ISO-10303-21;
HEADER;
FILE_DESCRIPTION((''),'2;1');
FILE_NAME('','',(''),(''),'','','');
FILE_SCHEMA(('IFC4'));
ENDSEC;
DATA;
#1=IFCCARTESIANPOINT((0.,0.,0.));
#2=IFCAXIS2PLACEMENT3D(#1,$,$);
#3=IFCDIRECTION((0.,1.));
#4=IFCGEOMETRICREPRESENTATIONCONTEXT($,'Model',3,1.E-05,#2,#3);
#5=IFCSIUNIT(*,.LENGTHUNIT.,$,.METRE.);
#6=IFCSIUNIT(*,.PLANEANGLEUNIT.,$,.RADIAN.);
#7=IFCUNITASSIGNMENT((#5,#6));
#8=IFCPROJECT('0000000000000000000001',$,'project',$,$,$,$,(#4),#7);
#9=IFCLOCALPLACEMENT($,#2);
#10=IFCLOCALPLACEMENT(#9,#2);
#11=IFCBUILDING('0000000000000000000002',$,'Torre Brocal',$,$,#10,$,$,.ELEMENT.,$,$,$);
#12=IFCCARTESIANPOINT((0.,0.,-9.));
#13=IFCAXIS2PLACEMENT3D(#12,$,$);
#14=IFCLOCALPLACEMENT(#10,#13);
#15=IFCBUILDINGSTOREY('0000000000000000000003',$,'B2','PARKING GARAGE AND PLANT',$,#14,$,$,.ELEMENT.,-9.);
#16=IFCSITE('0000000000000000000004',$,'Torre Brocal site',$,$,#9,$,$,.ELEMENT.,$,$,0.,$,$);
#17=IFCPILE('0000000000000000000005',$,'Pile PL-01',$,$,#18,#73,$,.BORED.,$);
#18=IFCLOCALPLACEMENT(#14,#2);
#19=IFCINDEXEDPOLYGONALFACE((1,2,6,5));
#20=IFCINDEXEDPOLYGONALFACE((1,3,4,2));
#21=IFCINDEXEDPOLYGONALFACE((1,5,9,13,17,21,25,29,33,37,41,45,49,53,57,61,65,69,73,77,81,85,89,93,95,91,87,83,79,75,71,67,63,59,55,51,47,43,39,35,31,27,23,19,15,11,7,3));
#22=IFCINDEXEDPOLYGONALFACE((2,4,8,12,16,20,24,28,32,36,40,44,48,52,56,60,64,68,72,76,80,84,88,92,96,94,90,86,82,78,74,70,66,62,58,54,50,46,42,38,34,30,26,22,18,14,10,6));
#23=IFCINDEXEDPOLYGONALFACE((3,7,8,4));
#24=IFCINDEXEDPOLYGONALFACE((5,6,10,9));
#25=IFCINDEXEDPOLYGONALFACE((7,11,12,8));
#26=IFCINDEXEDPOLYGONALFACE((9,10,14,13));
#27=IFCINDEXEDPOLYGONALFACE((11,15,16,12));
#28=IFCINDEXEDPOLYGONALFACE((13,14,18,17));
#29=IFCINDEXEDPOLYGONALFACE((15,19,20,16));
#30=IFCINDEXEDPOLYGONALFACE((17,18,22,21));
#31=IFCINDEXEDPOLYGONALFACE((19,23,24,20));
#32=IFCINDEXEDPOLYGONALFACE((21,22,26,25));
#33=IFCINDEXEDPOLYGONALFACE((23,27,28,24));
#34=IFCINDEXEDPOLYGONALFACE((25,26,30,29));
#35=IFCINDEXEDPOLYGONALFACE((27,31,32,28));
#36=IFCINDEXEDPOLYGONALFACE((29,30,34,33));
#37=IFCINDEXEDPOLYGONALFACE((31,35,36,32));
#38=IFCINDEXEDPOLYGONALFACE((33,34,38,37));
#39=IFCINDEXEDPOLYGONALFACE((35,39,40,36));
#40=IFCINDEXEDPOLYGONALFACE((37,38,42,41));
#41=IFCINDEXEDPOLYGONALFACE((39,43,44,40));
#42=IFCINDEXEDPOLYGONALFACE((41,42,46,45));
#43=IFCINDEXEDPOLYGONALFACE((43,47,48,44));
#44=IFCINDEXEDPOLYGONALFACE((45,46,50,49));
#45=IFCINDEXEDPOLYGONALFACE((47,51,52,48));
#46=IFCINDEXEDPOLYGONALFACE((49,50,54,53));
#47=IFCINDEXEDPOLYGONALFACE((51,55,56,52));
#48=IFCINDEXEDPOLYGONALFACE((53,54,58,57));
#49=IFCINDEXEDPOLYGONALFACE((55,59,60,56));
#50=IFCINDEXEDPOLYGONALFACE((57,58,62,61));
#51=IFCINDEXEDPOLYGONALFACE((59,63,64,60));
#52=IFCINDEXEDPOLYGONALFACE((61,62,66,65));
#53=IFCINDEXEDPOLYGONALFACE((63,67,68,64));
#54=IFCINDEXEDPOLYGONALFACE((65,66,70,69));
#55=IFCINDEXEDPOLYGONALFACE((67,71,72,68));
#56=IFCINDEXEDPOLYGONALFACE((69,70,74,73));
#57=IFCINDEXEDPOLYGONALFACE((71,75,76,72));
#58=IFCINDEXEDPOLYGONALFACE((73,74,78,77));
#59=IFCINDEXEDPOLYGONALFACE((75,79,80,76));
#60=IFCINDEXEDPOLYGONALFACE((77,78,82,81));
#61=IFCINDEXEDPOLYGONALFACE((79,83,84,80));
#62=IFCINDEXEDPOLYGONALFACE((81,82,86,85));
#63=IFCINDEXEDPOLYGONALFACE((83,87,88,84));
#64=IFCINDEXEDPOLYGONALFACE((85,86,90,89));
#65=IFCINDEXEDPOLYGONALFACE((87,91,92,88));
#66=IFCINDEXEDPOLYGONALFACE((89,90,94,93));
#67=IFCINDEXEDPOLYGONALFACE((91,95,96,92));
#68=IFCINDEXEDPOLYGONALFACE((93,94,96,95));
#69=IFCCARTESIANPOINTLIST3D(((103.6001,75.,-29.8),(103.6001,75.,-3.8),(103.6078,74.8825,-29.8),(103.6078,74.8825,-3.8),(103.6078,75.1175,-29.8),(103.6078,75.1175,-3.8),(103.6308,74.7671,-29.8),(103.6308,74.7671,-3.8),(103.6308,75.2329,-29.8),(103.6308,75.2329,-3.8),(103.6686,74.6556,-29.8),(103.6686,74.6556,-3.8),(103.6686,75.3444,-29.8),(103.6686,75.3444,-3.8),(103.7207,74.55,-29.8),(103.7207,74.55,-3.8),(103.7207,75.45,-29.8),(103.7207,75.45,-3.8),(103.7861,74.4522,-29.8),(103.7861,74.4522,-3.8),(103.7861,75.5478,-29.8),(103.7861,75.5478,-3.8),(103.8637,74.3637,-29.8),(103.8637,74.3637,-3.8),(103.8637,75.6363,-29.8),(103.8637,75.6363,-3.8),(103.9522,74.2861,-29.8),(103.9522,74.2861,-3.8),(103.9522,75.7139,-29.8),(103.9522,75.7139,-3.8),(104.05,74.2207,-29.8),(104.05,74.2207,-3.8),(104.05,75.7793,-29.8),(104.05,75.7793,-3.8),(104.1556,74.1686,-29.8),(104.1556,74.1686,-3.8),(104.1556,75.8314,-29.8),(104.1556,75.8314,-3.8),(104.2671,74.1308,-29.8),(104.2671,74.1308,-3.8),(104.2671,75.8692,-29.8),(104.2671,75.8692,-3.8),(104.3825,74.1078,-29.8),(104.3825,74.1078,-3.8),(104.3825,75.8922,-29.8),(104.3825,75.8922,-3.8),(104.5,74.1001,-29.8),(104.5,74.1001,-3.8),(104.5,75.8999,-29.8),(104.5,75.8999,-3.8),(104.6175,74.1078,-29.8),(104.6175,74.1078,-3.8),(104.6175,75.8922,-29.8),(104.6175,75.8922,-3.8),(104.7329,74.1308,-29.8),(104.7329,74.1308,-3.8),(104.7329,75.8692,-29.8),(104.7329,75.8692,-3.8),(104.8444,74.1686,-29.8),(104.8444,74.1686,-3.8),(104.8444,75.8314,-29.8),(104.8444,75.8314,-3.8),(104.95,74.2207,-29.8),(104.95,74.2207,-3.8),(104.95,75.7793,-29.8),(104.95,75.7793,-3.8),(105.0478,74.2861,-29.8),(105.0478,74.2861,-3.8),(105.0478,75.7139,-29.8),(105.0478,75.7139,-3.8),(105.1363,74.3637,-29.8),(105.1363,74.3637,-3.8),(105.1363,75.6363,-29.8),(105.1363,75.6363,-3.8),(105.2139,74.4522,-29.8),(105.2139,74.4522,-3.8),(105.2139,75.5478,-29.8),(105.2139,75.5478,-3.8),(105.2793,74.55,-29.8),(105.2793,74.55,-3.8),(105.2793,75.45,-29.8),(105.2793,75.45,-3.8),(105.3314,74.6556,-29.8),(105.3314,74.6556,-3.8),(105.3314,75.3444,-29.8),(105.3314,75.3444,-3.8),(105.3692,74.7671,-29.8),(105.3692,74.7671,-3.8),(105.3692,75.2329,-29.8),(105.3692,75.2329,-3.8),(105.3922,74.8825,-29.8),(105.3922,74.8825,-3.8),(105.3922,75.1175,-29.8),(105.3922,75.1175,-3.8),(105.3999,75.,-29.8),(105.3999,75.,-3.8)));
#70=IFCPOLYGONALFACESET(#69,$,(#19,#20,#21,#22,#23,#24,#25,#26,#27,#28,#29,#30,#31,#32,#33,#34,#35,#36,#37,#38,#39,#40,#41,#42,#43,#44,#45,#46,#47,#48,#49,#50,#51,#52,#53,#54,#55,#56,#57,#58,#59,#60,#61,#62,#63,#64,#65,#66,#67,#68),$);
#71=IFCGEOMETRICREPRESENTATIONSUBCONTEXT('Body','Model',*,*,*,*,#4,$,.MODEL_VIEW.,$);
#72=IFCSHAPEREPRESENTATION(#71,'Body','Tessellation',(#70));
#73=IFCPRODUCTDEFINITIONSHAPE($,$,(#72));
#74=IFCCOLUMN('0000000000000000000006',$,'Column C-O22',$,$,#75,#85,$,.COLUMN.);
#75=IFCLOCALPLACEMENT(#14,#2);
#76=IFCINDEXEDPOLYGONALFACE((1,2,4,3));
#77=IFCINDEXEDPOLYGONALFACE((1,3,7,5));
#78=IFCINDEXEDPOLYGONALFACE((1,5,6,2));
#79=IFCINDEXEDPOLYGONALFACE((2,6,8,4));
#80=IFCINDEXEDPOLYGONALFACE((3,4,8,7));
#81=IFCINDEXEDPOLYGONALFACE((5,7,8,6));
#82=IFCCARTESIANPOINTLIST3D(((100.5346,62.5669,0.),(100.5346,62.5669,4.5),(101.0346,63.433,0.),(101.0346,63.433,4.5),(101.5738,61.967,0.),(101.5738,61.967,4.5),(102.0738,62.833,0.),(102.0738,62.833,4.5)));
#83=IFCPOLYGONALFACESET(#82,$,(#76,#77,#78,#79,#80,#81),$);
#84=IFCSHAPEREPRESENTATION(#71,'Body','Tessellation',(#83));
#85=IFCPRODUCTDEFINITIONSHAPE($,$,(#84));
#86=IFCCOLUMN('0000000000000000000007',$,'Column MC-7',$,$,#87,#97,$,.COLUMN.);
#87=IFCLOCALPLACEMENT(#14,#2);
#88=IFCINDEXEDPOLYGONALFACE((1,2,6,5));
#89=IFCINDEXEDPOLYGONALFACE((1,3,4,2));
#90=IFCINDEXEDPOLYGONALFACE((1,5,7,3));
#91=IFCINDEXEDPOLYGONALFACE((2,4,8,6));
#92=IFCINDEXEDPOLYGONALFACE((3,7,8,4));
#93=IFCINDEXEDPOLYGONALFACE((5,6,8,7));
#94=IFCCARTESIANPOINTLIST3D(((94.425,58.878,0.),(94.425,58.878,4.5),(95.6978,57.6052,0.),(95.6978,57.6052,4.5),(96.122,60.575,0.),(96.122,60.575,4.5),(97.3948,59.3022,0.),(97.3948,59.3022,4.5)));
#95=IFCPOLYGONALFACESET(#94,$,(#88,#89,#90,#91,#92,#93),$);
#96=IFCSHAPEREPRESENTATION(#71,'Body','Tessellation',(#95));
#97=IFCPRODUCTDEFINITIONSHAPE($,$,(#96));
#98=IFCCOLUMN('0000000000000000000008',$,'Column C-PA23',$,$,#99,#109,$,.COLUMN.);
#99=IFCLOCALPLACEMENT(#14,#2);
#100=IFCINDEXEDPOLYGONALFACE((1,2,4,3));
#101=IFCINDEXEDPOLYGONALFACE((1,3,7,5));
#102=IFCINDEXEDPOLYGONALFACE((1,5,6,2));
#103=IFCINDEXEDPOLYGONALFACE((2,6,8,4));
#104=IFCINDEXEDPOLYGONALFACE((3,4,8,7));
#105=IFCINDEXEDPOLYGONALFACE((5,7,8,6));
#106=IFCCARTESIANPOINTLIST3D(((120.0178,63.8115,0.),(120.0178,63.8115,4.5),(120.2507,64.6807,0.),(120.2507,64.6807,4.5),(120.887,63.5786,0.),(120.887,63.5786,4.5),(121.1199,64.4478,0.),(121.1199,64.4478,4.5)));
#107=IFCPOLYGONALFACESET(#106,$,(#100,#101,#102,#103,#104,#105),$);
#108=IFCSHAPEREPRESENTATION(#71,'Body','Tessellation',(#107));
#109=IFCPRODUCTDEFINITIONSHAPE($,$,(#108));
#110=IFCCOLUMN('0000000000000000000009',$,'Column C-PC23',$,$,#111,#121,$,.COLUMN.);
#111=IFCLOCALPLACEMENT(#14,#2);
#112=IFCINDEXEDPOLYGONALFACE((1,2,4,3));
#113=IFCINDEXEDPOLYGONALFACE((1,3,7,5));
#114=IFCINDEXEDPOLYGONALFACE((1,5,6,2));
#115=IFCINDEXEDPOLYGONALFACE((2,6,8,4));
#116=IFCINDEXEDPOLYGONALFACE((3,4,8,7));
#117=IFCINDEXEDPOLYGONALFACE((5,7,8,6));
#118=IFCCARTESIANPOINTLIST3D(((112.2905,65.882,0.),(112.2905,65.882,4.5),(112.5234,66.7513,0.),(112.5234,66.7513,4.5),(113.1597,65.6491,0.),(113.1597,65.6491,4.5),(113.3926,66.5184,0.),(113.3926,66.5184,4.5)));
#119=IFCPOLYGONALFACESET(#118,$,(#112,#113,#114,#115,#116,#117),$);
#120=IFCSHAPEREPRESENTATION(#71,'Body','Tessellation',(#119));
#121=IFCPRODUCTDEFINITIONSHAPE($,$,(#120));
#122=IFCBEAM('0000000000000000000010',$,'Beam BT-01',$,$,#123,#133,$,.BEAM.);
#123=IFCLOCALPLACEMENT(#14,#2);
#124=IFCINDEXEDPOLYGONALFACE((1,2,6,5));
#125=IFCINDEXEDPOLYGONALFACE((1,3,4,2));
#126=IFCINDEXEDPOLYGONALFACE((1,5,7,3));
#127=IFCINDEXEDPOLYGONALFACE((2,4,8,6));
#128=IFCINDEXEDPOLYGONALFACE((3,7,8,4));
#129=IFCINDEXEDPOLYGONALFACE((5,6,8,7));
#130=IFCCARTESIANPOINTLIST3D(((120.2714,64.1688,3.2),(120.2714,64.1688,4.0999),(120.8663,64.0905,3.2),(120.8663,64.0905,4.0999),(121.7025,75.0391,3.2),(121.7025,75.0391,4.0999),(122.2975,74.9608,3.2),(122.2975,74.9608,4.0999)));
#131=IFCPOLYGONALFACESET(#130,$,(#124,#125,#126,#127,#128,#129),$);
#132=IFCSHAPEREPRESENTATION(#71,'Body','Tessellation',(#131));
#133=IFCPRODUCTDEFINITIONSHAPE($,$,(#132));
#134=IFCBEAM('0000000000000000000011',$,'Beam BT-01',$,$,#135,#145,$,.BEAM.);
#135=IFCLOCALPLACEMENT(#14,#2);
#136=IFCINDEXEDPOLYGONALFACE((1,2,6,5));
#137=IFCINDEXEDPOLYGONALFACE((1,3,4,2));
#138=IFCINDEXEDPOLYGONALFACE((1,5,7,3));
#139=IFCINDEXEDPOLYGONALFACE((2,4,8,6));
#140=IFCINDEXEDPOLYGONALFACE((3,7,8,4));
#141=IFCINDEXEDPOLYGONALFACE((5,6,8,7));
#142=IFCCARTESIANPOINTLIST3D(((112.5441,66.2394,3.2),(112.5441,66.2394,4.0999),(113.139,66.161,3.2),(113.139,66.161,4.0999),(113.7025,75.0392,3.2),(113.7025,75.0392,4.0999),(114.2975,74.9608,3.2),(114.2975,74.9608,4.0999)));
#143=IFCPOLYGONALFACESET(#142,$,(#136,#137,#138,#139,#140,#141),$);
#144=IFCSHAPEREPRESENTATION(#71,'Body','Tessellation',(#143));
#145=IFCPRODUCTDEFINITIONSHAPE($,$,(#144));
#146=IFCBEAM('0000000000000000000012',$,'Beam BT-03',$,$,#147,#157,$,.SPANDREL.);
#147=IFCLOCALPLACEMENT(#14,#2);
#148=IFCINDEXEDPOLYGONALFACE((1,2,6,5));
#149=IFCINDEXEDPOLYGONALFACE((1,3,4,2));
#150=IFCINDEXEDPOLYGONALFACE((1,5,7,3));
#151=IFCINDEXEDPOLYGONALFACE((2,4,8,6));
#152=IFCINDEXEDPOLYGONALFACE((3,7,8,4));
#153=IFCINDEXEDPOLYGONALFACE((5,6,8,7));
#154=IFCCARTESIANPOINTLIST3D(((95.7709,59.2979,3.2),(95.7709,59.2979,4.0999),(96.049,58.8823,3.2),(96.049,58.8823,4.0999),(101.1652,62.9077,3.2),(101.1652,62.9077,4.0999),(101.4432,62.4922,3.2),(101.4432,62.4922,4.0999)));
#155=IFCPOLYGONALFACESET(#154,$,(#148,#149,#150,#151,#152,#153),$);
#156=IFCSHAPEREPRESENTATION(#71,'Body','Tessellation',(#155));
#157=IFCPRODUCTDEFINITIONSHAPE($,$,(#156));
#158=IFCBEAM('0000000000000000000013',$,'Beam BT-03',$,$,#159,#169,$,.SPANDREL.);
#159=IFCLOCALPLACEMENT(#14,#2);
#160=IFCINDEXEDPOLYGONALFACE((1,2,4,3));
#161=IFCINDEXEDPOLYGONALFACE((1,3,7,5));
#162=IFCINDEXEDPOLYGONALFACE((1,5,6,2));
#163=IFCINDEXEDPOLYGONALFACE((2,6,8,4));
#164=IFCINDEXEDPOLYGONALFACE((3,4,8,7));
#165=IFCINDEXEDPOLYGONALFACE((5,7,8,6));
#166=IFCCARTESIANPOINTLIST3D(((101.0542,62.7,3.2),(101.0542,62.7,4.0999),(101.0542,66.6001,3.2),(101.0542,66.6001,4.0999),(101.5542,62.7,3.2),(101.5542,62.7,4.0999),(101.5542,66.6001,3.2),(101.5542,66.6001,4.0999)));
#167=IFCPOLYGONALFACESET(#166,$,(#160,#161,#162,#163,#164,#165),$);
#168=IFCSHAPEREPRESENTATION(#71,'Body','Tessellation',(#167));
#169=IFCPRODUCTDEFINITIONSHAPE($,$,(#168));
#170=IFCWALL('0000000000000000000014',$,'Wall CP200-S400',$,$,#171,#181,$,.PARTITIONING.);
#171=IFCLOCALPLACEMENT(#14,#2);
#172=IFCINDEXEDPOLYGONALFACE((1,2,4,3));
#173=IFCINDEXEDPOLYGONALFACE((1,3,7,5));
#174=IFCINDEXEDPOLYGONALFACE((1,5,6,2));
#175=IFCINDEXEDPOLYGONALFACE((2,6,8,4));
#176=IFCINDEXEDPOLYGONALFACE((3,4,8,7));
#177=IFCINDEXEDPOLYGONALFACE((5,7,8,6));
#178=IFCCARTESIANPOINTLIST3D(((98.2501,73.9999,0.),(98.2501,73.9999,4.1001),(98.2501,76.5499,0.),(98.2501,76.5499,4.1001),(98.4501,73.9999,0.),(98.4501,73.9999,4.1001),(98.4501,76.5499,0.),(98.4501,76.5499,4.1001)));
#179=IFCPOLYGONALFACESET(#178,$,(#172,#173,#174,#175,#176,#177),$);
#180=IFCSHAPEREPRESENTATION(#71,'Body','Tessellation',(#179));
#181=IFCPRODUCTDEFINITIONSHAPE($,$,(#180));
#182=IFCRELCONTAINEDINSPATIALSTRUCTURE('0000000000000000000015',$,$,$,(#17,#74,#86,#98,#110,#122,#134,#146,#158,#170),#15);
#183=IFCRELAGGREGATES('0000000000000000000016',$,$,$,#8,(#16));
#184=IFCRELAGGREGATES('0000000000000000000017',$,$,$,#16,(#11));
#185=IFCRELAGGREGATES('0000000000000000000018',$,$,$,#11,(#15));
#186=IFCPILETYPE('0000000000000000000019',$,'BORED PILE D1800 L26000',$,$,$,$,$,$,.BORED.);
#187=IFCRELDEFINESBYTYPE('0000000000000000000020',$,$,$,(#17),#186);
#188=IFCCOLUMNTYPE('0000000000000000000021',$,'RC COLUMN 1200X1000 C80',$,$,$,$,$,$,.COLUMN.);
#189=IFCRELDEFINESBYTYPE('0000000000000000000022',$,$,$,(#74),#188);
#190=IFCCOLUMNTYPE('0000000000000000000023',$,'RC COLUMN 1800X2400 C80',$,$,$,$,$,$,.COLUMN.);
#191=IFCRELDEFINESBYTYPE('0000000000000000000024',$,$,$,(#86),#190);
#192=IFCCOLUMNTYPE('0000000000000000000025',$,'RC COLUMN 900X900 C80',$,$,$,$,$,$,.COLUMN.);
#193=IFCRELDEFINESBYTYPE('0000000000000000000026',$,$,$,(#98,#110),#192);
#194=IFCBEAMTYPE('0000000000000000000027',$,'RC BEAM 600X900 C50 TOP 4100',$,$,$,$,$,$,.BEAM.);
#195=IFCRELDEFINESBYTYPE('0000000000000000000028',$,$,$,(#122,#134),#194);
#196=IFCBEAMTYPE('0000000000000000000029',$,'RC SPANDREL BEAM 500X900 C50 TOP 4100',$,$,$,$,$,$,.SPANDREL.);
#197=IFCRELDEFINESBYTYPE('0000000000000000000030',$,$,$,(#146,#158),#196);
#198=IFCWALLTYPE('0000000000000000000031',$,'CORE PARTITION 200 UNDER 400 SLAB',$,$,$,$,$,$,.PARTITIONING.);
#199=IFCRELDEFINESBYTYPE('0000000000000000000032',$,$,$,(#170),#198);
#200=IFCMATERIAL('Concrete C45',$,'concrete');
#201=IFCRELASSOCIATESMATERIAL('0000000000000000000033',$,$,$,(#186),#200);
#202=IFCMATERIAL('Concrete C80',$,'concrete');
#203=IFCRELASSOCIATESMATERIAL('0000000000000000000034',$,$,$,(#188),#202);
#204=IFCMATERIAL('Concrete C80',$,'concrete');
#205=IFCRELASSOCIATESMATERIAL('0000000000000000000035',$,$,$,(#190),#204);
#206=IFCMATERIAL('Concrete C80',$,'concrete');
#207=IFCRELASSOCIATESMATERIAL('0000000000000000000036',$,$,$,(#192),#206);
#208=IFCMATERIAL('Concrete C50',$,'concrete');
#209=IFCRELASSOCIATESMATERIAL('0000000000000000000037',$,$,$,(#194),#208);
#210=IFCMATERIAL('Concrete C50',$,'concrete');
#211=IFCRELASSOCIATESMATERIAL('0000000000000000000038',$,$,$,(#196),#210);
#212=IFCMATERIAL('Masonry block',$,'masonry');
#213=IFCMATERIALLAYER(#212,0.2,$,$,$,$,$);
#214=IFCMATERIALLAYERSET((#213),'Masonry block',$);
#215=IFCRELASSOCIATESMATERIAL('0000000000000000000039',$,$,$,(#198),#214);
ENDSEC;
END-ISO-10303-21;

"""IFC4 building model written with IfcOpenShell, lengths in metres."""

from ifc_helpers import new_model, si_unit, direction, frame, frame_2d, origin, origin_2d, place, context, subcontext, project, spatial, rectangle, circle, extrude, material, layer, layer_set, material_profile, profile_set, type_object, element, save


model = new_model("IFC4")

# Units and contexts
model_context = context("Model", 3, precision=1e-05, world=origin(), true_north=direction((0.0, 1.0)))
body_context = subcontext(model_context, "Body", "Model", "MODEL_VIEW")
ifc_project = project(units=[si_unit("LENGTHUNIT", "METRE"), si_unit("PLANEANGLEUNIT", "RADIAN")], contexts=[model_context])

# Site, building, storey
site_placement = place(None, origin())
site = spatial("IfcSite", under=ifc_project, at=site_placement, Name="Torre Brocal site", CompositionType="ELEMENT", RefElevation=0.0)
building_placement = place(site_placement, origin())
building = spatial("IfcBuilding", under=site, at=building_placement, Name="Torre Brocal", CompositionType="ELEMENT")
storey_placement = place(building_placement, frame((0.0, 0.0, -9.0)))
storey = spatial("IfcBuildingStorey", under=building, at=storey_placement, Name="B2", Description="PARKING GARAGE AND PLANT", CompositionType="ELEMENT", Elevation=-9.0)

# Pile
ifc_material_1 = material(Name="Concrete C45", Category="concrete")
ifc_material_profile_1 = material_profile(ifc_material_1, circle(Radius=0.8999, at=origin_2d()), Name="BORED PILE D1800")
ifc_profile_set_1 = profile_set([ifc_material_profile_1], Name="Concrete C45")
pile_type_1 = type_object("IfcPileType", Name="BORED PILE D1800 L26000", PredefinedType="BORED", material=ifc_profile_set_1)
for number, where, z_axis, x_axis, name in (
    (1, (104.5, 75.0, -3.8), (0.0, 0.0, -1.0), (1.0, 0.0, 0.0), "Pile PL-01"),
):
    element("IfcPile", number, at=place(storey_placement, frame(where, z_axis=z_axis, x_axis=x_axis)), inside=storey, type_object=pile_type_1, Name=name, PredefinedType="BORED", context=body_context, shape_type="SweptSolid", body=[
        extrude(circle(Radius=0.8999, at=origin_2d()), origin(), (0.0, 0.0, 1.0), 26.0),
    ])

# Columns
ifc_material_2 = material(Name="Concrete C80", Category="concrete")
ifc_material_profile_2 = material_profile(ifc_material_2, rectangle(XDim=1.2, YDim=1.0, at=origin_2d()), Name="RC 1200X1000")
ifc_profile_set_2 = profile_set([ifc_material_profile_2], Name="Concrete C80")
column_type_1 = type_object("IfcColumnType", Name="RC COLUMN 1200X1000 C80", PredefinedType="COLUMN", material=ifc_profile_set_2)
column_1_placement = place(storey_placement, frame((101.3042, 62.7, 0.0), z_axis=(0.0, 0.0, 1.0), x_axis=(0.866025, -0.5, 0.0)))
element("IfcColumn", 2, at=column_1_placement, inside=storey, type_object=column_type_1, Name="Column C-O22", PredefinedType="COLUMN", context=body_context, shape_type="SweptSolid", body=[
    extrude(rectangle(XDim=1.2, YDim=1.0, at=origin_2d()), origin(), (0.0, 0.0, 1.0), 4.5),
])
ifc_material_3 = material(Name="Concrete C80", Category="concrete")
ifc_material_profile_3 = material_profile(ifc_material_3, rectangle(XDim=1.8, YDim=2.3999, at=origin_2d()), Name="RC 1800X2400")
ifc_profile_set_3 = profile_set([ifc_material_profile_3], Name="Concrete C80")
column_type_2 = type_object("IfcColumnType", Name="RC COLUMN 1800X2400 C80", PredefinedType="COLUMN", material=ifc_profile_set_3)
column_2_placement = place(storey_placement, frame((95.9099, 59.0901, 0.0), z_axis=(0.0, 0.0, 1.0), x_axis=(0.707107, -0.707107, 0.0)))
element("IfcColumn", 3, at=column_2_placement, inside=storey, type_object=column_type_2, Name="Column MC-7", PredefinedType="COLUMN", context=body_context, shape_type="SweptSolid", body=[
    extrude(rectangle(XDim=1.8, YDim=2.3999, at=origin_2d()), origin(), (0.0, 0.0, 1.0), 4.5),
])
ifc_material_4 = material(Name="Concrete C80", Category="concrete")
ifc_material_profile_4 = material_profile(ifc_material_4, rectangle(XDim=0.8999, YDim=0.8999, at=origin_2d()), Name="RC 900X900")
ifc_profile_set_4 = profile_set([ifc_material_profile_4], Name="Concrete C80")
column_type_3 = type_object("IfcColumnType", Name="RC COLUMN 900X900 C80", PredefinedType="COLUMN", material=ifc_profile_set_4)
for number, where, z_axis, x_axis, name in (
    (4, (120.5688, 64.1296, 0.0), (0.0, 0.0, 1.0), (0.965926, -0.258819, 0.0), "Column C-PA23"),
    (5, (112.8416, 66.2002, 0.0), (0.0, 0.0, 1.0), (0.965926, -0.258819, 0.0), "Column C-PC23"),
):
    element("IfcColumn", number, at=place(storey_placement, frame(where, z_axis=z_axis, x_axis=x_axis)), inside=storey, type_object=column_type_3, Name=name, PredefinedType="COLUMN", context=body_context, shape_type="SweptSolid", body=[
        extrude(rectangle(XDim=0.8999, YDim=0.8999, at=origin_2d()), origin(), (0.0, 0.0, 1.0), 4.5),
    ])

# Beams
ifc_material_5 = material(Name="Concrete C50", Category="concrete")
ifc_material_profile_5 = material_profile(ifc_material_5, rectangle(XDim=0.6001, YDim=0.8999, at=origin_2d()), Name="RC 600X900")
ifc_profile_set_5 = profile_set([ifc_material_profile_5], Name="Concrete C50")
beam_type_1 = type_object("IfcBeamType", Name="RC BEAM 600X900 C50 TOP 4100", PredefinedType="BEAM", material=ifc_profile_set_5)
beam_1_placement = place(storey_placement, frame((120.5688, 64.1296, 3.6499), z_axis=(0.13053, 0.991444, 0.0), x_axis=(-0.991444, 0.13053, 0.0)))
element("IfcBeam", 6, at=beam_1_placement, inside=storey, type_object=beam_type_1, Name="Beam BT-01", PredefinedType="BEAM", context=body_context, shape_type="SweptSolid", body=[
    extrude(rectangle(XDim=0.6001, YDim=0.8999, at=origin_2d()), origin(), (0.0, 0.0, 1.0), 10.9641),
])
beam_2_placement = place(storey_placement, frame((112.8416, 66.2002, 3.6499), z_axis=(0.130519, 0.991446, 0.0), x_axis=(-0.991446, 0.130519, 0.0)))
element("IfcBeam", 7, at=beam_2_placement, inside=storey, type_object=beam_type_1, Name="Beam BT-01", PredefinedType="BEAM", context=body_context, shape_type="SweptSolid", body=[
    extrude(rectangle(XDim=0.6001, YDim=0.8999, at=origin_2d()), origin(), (0.0, 0.0, 1.0), 8.8757),
])
ifc_material_6 = material(Name="Concrete C50", Category="concrete")
ifc_material_profile_6 = material_profile(ifc_material_6, rectangle(XDim=0.5, YDim=0.8999, at=origin_2d()), Name="RC 500X900")
ifc_profile_set_6 = profile_set([ifc_material_profile_6], Name="Concrete C50")
beam_type_2 = type_object("IfcBeamType", Name="RC SPANDREL BEAM 500X900 C50 TOP 4100", PredefinedType="SPANDREL", material=ifc_profile_set_6)
beam_3_placement = place(storey_placement, frame((95.9099, 59.0901, 3.6499), z_axis=(0.831077, 0.556158, 0.0), x_axis=(-0.556158, 0.831077, 0.0)))
element("IfcBeam", 8, at=beam_3_placement, inside=storey, type_object=beam_type_2, Name="Beam BT-03", PredefinedType="SPANDREL", context=body_context, shape_type="SweptSolid", body=[
    extrude(rectangle(XDim=0.5, YDim=0.8999, at=origin_2d()), origin(), (0.0, 0.0, 1.0), 6.4907),
])
beam_4_placement = place(storey_placement, frame((101.3042, 62.7, 3.6499), z_axis=(0.0, 1.0, 0.0), x_axis=(-1.0, 0.0, 0.0)))
element("IfcBeam", 9, at=beam_4_placement, inside=storey, type_object=beam_type_2, Name="Beam BT-03", PredefinedType="SPANDREL", context=body_context, shape_type="SweptSolid", body=[
    extrude(rectangle(XDim=0.5, YDim=0.8999, at=origin_2d()), origin(), (0.0, 0.0, 1.0), 3.9001),
])

# Wall
ifc_material_7 = material(Name="Masonry block", Category="masonry")
ifc_layer_1 = layer(ifc_material_7, 0.2)
ifc_layer_set_1 = layer_set([ifc_layer_1], Name="Masonry block")
wall_type_1 = type_object("IfcWallType", Name="CORE PARTITION 200 UNDER 400 SLAB", PredefinedType="PARTITIONING", material=ifc_layer_set_1)
for number, where, z_axis, x_axis, name in (
    (10, (98.3501, 74.0, 0.0), (0.0, 0.0, 1.0), (0.0, 1.0, 0.0), "Wall CP200-S400"),
):
    element("IfcWall", number, at=place(storey_placement, frame(where, z_axis=z_axis, x_axis=x_axis)), inside=storey, type_object=wall_type_1, Name=name, PredefinedType="PARTITIONING", context=body_context, shape_type="SweptSolid", body=[
        extrude(rectangle(XDim=2.55, YDim=0.2, at=frame_2d((1.2749, 0.0))), origin(), (0.0, 0.0, 1.0), 4.1001),
    ])

save(model, "model.ifc")
